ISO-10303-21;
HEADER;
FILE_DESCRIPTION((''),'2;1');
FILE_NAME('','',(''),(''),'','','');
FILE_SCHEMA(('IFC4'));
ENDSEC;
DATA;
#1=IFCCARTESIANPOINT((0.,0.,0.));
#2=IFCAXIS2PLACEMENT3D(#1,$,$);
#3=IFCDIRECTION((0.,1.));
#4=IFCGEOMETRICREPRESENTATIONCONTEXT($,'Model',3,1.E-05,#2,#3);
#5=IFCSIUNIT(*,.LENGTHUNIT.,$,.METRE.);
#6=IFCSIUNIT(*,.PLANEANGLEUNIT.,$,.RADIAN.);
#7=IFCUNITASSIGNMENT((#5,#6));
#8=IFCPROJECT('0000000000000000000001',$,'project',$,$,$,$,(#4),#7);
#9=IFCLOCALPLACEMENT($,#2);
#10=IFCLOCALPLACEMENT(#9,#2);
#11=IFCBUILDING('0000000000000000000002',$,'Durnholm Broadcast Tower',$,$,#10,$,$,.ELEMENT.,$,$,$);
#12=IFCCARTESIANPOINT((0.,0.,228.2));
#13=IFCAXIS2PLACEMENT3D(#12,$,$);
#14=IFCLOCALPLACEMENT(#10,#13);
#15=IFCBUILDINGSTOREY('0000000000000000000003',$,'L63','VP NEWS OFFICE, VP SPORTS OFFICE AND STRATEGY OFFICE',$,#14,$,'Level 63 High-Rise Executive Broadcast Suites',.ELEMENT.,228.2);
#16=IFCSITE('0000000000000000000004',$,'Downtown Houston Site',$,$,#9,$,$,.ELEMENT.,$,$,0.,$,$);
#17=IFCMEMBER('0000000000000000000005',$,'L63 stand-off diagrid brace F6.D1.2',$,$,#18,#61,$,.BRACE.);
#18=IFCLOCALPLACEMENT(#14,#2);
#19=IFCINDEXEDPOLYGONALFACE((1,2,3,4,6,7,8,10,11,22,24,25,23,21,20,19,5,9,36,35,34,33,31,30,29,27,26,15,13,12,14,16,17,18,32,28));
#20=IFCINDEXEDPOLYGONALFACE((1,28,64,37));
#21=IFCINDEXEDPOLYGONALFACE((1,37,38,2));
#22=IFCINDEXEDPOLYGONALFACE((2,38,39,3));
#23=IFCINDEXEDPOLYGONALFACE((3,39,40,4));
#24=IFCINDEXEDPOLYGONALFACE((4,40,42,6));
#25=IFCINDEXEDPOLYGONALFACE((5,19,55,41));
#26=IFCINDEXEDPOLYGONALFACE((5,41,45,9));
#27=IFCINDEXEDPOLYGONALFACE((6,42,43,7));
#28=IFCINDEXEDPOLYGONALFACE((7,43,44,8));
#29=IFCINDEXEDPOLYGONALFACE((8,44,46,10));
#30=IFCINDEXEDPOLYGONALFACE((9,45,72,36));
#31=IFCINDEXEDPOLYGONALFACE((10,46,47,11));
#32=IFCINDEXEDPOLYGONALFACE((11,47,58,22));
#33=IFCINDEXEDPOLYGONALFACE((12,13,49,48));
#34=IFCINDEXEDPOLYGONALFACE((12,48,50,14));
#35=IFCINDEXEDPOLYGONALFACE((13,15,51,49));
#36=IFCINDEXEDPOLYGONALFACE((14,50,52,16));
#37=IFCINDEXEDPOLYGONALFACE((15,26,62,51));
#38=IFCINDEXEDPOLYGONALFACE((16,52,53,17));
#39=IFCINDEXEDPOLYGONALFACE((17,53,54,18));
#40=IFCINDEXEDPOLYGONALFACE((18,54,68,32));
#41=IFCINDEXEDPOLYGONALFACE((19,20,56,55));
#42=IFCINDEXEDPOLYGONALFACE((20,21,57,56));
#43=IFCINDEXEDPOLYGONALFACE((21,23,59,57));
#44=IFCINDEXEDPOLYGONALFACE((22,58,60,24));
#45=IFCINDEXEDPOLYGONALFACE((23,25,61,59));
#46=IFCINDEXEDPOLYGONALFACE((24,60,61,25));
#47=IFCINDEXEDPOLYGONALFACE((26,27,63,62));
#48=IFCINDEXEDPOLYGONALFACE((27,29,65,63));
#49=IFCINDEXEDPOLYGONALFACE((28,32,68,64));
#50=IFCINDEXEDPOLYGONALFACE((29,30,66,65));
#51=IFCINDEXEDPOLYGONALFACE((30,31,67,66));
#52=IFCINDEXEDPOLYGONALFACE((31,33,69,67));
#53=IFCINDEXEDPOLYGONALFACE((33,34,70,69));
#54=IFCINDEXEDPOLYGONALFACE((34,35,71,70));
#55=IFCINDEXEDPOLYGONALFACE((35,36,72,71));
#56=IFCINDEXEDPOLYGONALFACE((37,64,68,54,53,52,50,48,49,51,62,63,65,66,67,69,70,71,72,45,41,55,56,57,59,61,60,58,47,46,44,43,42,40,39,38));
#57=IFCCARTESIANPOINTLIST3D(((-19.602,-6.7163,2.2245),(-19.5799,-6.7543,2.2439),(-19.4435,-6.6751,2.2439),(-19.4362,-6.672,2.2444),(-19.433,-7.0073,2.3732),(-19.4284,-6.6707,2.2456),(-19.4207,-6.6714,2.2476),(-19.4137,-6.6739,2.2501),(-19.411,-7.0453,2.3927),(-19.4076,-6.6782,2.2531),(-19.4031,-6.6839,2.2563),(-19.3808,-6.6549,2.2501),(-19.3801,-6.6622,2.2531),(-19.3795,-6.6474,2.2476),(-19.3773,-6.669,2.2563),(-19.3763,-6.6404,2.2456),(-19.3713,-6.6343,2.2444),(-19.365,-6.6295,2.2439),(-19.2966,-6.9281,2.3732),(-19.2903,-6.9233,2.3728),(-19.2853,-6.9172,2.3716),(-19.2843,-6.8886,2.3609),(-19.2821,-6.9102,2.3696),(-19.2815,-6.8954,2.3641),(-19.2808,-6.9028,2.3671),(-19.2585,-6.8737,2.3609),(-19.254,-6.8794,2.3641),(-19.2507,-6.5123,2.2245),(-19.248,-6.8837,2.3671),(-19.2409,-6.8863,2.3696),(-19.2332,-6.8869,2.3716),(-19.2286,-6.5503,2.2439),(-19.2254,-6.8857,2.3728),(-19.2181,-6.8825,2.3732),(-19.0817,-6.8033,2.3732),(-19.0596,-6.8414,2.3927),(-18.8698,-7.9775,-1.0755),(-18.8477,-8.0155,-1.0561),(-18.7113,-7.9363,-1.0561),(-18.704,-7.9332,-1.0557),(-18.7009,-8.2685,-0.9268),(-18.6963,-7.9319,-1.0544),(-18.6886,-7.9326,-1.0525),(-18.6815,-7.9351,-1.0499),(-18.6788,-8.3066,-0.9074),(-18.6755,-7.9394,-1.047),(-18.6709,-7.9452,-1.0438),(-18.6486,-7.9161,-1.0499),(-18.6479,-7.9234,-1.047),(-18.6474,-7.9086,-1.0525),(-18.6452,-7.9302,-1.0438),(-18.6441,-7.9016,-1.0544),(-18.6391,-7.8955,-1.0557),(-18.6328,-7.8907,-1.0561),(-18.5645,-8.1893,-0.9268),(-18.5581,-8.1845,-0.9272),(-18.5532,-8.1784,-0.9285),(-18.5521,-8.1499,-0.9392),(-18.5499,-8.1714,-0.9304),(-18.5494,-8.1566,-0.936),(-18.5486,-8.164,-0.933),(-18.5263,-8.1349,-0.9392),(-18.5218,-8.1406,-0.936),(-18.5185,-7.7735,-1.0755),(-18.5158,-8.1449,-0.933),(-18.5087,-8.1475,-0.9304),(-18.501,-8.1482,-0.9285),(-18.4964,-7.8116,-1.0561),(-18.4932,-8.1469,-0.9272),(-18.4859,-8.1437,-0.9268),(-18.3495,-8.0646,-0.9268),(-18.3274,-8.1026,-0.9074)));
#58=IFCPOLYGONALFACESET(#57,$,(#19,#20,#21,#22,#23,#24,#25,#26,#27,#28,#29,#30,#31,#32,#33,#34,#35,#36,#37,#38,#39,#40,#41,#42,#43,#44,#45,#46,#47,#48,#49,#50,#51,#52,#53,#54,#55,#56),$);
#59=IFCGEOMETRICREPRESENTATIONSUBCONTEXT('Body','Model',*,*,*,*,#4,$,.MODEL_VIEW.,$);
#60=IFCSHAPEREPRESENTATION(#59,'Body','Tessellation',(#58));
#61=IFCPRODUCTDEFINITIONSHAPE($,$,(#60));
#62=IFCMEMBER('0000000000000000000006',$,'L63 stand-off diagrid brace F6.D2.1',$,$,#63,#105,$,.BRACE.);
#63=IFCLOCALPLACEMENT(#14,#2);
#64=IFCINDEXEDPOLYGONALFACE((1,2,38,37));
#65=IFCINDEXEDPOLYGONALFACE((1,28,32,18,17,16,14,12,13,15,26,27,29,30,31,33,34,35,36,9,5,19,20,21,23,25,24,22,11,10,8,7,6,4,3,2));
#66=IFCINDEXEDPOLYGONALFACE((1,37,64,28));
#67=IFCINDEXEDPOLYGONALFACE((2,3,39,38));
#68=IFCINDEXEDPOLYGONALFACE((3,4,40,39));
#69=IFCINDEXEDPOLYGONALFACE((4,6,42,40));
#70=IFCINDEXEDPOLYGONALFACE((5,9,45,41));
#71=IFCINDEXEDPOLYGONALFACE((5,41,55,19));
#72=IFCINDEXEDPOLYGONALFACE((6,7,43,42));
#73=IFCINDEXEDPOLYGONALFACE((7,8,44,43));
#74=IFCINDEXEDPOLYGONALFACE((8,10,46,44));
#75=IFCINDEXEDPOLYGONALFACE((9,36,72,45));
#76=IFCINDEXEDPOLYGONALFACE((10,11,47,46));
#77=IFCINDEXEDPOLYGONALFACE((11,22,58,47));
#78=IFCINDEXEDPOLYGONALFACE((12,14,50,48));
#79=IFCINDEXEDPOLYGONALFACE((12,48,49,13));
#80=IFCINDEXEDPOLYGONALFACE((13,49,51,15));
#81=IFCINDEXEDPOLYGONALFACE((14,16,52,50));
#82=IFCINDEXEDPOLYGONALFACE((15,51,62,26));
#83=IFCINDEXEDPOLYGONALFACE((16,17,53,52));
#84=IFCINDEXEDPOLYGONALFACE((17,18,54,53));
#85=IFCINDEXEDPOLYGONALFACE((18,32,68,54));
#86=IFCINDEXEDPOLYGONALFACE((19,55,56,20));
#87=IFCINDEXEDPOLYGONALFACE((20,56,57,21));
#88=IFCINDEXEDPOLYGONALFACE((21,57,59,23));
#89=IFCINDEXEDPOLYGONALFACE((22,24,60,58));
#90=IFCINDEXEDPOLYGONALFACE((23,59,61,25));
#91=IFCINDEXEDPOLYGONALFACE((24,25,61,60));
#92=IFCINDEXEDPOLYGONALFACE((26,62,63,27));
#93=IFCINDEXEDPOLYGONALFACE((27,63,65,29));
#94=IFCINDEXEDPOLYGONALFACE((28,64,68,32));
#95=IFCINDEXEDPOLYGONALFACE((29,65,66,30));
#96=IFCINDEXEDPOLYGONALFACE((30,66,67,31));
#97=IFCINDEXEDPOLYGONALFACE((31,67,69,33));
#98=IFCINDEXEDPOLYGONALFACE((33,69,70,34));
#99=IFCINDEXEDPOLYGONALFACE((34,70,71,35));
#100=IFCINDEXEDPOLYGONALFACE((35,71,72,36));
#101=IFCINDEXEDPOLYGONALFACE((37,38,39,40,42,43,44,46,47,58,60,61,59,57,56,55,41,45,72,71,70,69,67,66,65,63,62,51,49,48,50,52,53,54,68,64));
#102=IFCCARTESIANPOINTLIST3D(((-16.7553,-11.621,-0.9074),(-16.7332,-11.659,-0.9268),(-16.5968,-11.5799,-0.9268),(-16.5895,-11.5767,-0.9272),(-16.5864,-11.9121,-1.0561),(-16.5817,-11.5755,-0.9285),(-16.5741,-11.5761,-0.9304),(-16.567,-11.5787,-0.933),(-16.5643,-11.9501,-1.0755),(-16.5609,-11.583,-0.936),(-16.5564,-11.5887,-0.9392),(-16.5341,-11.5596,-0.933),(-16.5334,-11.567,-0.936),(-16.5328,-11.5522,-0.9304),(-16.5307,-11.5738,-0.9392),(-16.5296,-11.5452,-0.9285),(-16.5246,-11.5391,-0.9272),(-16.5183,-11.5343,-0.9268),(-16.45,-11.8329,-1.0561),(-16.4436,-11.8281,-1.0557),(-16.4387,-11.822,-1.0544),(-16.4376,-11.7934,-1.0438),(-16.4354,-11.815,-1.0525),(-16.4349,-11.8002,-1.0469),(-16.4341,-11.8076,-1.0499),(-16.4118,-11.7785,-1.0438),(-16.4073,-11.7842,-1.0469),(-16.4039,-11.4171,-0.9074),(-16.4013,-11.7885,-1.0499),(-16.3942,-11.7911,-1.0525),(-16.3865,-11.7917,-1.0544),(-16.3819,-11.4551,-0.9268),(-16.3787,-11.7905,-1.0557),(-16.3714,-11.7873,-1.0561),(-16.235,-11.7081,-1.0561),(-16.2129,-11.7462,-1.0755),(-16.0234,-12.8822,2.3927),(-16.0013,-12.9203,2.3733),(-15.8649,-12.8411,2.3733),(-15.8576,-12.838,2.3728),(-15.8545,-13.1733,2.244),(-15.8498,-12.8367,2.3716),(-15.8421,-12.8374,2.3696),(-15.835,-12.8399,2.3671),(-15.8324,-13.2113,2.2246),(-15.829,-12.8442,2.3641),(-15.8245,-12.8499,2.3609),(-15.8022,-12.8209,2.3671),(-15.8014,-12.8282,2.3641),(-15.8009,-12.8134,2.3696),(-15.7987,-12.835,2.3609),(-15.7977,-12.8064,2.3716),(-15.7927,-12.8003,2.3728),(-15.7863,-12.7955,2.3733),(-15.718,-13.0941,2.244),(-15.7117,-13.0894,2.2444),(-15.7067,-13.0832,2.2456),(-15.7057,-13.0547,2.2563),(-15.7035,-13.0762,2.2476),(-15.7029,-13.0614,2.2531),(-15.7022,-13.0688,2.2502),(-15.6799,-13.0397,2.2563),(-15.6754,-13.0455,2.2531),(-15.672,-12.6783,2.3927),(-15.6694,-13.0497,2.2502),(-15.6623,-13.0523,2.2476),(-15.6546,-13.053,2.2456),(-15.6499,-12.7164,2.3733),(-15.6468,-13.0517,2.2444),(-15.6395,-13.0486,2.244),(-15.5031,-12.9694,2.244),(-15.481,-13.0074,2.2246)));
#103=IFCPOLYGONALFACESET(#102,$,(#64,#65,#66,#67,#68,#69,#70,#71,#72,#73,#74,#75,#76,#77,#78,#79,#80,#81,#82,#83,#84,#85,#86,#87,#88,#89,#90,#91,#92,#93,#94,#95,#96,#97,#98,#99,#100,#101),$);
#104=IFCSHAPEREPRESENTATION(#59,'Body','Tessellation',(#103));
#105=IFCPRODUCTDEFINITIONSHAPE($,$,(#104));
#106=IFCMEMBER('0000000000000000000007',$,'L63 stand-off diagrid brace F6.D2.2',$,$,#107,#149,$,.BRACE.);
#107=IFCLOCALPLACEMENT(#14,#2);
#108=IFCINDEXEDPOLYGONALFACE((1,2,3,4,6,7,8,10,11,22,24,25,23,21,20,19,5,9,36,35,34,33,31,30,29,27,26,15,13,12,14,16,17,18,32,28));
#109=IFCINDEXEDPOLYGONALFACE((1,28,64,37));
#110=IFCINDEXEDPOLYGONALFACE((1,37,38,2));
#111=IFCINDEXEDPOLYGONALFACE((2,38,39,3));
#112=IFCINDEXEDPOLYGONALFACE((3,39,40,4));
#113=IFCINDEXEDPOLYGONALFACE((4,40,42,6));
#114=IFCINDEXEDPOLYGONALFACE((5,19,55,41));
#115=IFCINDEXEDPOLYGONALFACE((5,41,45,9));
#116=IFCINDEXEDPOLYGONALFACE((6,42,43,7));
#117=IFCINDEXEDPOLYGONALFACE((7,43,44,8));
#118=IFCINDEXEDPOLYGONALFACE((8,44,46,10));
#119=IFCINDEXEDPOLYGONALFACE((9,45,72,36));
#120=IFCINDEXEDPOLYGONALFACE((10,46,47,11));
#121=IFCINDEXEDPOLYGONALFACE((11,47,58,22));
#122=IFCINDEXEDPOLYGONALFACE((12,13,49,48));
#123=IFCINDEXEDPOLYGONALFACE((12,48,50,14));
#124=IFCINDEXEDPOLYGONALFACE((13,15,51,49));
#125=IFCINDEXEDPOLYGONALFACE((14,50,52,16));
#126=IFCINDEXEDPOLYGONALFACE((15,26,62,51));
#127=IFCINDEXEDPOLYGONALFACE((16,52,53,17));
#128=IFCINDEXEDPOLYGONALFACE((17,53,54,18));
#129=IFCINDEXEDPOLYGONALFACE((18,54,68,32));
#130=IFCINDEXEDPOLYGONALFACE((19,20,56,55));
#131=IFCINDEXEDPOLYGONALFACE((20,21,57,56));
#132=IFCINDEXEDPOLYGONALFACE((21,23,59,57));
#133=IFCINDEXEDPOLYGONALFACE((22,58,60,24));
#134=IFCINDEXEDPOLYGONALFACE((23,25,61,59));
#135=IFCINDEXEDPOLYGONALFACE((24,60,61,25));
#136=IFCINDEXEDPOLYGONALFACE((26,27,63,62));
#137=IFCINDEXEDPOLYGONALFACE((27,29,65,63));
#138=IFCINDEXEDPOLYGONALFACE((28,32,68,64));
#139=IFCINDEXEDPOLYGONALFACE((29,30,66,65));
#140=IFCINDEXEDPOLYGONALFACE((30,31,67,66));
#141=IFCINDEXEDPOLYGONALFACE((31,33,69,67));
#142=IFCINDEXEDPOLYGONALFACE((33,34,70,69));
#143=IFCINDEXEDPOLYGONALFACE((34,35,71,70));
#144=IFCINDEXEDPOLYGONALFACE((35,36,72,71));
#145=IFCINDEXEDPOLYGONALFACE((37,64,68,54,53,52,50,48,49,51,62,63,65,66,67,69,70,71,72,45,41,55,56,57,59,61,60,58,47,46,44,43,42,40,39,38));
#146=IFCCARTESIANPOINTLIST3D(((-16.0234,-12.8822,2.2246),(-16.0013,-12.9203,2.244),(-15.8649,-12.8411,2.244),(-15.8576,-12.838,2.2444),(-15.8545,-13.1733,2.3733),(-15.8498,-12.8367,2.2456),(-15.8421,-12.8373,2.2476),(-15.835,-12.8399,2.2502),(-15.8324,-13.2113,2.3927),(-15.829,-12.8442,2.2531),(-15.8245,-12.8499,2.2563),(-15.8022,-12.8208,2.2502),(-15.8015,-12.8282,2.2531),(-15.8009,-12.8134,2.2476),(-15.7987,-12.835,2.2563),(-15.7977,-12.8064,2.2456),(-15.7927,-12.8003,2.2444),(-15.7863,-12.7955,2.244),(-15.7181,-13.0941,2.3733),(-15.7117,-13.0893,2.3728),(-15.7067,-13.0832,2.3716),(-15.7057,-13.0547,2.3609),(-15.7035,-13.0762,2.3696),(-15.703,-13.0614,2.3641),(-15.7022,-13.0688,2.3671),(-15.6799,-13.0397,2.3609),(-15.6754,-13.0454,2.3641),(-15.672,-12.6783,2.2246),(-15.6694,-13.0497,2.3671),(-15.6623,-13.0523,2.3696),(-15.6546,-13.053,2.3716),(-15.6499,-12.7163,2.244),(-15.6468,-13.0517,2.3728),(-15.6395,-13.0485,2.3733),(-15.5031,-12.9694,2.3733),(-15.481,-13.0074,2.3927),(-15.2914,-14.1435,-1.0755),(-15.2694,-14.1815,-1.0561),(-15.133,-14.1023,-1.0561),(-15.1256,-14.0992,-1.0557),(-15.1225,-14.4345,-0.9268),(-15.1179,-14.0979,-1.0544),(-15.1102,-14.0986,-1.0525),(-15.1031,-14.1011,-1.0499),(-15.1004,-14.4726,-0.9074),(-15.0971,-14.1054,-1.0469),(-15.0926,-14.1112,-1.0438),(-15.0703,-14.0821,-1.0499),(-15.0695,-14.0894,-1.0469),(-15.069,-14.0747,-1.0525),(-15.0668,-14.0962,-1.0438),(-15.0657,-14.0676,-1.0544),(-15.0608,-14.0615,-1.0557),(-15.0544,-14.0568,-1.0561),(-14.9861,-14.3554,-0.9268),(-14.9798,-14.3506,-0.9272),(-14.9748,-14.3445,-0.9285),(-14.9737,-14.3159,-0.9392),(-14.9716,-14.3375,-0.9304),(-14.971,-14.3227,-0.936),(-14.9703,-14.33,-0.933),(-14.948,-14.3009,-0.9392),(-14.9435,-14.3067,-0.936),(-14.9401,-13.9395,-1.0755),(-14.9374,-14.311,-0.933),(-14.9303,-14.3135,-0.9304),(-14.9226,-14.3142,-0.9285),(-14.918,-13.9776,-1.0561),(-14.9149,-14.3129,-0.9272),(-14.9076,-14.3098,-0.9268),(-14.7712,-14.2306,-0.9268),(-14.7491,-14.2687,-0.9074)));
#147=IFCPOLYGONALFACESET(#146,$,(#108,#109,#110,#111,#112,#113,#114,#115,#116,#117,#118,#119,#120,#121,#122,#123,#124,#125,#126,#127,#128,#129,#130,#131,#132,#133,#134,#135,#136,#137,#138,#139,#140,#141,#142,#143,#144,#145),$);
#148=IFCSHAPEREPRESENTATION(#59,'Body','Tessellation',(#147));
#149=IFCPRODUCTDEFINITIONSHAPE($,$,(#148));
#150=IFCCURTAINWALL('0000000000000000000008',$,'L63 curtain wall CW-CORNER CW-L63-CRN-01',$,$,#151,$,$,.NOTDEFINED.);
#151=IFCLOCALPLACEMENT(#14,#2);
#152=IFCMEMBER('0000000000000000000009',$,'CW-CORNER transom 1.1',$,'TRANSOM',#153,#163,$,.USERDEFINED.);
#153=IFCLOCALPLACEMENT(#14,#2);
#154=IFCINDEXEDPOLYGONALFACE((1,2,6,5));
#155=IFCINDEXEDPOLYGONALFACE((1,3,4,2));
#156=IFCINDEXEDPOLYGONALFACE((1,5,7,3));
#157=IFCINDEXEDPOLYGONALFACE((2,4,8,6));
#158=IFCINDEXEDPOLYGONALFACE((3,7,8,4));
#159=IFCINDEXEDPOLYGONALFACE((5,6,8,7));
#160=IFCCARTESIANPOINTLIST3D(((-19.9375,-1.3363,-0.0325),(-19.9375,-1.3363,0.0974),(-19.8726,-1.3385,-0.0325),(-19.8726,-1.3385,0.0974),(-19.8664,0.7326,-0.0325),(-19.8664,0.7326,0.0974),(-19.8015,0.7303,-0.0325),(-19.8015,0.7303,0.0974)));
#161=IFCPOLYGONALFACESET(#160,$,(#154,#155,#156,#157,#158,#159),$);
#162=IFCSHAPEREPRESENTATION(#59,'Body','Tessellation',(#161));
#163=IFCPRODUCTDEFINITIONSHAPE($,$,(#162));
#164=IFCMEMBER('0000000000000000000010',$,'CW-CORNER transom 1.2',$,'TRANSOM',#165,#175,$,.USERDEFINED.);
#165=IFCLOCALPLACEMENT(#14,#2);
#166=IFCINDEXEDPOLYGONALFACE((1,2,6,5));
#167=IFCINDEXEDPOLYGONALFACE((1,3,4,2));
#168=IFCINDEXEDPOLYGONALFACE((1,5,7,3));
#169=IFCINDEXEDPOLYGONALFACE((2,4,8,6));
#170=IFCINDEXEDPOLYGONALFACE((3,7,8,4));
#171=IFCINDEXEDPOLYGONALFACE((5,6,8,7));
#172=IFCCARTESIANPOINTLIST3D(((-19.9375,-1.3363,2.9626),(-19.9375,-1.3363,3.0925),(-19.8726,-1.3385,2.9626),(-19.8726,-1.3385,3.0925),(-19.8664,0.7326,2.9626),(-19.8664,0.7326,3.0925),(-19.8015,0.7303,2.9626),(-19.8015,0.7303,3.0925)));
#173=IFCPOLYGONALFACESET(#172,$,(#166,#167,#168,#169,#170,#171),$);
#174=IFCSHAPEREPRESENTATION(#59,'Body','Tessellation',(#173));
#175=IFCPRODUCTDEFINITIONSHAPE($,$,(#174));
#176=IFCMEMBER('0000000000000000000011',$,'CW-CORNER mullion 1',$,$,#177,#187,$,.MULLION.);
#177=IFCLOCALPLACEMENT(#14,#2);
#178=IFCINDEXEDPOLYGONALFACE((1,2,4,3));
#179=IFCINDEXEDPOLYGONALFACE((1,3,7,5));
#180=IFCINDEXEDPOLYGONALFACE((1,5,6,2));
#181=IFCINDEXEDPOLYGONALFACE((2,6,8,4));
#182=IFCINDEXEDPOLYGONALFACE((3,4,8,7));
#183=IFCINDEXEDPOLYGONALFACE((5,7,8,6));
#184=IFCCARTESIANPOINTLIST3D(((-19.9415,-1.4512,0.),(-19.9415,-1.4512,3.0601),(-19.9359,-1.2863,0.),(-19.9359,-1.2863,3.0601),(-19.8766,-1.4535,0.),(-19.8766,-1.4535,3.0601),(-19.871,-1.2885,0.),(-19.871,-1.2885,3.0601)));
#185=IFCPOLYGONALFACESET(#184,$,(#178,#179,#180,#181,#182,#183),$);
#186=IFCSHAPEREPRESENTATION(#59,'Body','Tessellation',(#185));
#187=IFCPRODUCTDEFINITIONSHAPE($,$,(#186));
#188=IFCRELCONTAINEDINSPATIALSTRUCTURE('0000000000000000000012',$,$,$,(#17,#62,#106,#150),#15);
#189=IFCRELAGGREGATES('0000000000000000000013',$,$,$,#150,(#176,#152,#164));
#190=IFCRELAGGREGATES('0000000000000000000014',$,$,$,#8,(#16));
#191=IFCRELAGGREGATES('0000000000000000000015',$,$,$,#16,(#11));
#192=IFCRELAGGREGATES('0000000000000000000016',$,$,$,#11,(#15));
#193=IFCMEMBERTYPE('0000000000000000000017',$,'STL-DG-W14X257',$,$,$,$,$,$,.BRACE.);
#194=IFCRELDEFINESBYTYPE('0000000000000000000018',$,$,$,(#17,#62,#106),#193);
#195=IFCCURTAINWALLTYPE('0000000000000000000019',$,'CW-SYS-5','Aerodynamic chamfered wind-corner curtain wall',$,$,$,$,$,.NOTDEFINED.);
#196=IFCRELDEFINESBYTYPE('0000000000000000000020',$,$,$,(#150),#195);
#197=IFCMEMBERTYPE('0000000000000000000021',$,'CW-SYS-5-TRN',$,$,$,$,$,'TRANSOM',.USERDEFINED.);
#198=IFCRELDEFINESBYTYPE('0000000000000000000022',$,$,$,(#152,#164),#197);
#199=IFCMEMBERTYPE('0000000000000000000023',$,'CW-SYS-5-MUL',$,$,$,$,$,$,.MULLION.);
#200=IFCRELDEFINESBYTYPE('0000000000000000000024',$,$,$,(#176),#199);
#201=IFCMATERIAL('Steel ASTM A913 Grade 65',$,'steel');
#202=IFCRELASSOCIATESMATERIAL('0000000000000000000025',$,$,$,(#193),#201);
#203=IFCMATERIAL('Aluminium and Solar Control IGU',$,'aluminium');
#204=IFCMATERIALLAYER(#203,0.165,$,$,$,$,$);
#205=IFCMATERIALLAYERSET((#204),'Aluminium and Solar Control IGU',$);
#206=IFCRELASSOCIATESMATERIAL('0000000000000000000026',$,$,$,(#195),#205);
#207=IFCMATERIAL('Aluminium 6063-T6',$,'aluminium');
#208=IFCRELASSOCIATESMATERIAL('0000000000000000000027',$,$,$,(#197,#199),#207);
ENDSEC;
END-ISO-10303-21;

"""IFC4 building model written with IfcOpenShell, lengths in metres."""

from ifc_helpers import new_model, si_unit, direction, frame, origin, origin_2d, place, context, subcontext, project, spatial, rectangle, i_section, extrude, source, transform, mapped, material, layer, layer_set, material_profile, profile_set, type_object, type_shapes, element, aggregate, save


model = new_model("IFC4")

# Units and contexts
model_context = context("Model", 3, precision=1e-05, world=origin(), true_north=direction((0.0, 1.0)))
body_context = subcontext(model_context, "Body", "Model", "MODEL_VIEW")
ifc_project = project(units=[si_unit("LENGTHUNIT", "METRE"), si_unit("PLANEANGLEUNIT", "RADIAN")], contexts=[model_context])

# Site, building, storey
site_placement = place(None, origin())
site = spatial("IfcSite", under=ifc_project, at=site_placement, Name="Downtown Houston Site", CompositionType="ELEMENT", RefElevation=0.0)
building_placement = place(site_placement, origin())
building = spatial("IfcBuilding", under=site, at=building_placement, Name="Durnholm Broadcast Tower", CompositionType="ELEMENT")
storey_placement = place(building_placement, frame((0.0, 0.0, 228.2)))
storey = spatial("IfcBuildingStorey", under=building, at=storey_placement, Name="L63", Description="VP NEWS OFFICE, VP SPORTS OFFICE AND STRATEGY OFFICE", LongName="Level 63 High-Rise Executive Broadcast Suites", CompositionType="ELEMENT", Elevation=228.2)

# Members
ifc_material_1 = material(Name="Steel ASTM A913 Grade 65", Category="steel")
ifc_material_profile_1 = material_profile(ifc_material_1, i_section(OverallWidth=0.4062, OverallDepth=0.416, WebThickness=0.0298, FlangeThickness=0.0481, FilletRadius=0.0305, at=origin_2d()), Name="W14X257")
ifc_profile_set_1 = profile_set([ifc_material_profile_1], Name="Steel ASTM A913 Grade 65")
member_type_1 = type_object("IfcMemberType", Name="STL-DG-W14X257", PredefinedType="BRACE", material=ifc_profile_set_1)
shared_shape_1 = source(origin(), body_context, "Body", "SweptSolid", [
    extrude(i_section(OverallWidth=0.4062, OverallDepth=0.416, WebThickness=0.0298, FlangeThickness=0.0481, FilletRadius=0.0305, at=origin_2d()), origin(), (0.0, 0.0, 1.0), 3.6079),
])
type_shapes(member_type_1, [shared_shape_1])
for number, where, z_axis, x_axis, name in (
    (1, (-18.5986, -8.04, -0.9915), (-0.202936, 0.349572, 0.914667), (-0.864833, -0.502059, 0.0), "L63 stand-off diagrid brace F6.D1.2"),
    (2, (-16.4841, -11.6836, -0.9915), (0.202871, -0.349577, 0.91468), (0.864906, 0.501934, 0.0), "L63 stand-off diagrid brace F6.D2.1"),
    (3, (-15.0203, -14.2061, -0.9915), (-0.202871, 0.349577, 0.91468), (-0.864906, -0.501934, 0.0), "L63 stand-off diagrid brace F6.D2.2"),
):
    element("IfcMember", number, at=place(storey_placement, frame(where, z_axis=z_axis, x_axis=x_axis)), inside=storey, type_object=member_type_1, Name=name, PredefinedType="BRACE", context=body_context, shape_type="MappedRepresentation", body=[
        mapped(shared_shape_1, transform((0.0, 0.0, 0.0), x_axis=(1.0, 0.0, 0.0), y_axis=(0.0, 1.0, 0.0), z_axis=(0.0, 0.0, 1.0), scale=1.0)),
    ])

# Curtain wall, members
ifc_material_2 = material(Name="Aluminium and Solar Control IGU", Category="aluminium")
ifc_layer_1 = layer(ifc_material_2, 0.165)
ifc_layer_set_1 = layer_set([ifc_layer_1], Name="Aluminium and Solar Control IGU")
curtain_wall_type_1 = type_object("IfcCurtainWallType", Name="CW-SYS-5", Description="Aerodynamic chamfered wind-corner curtain wall", PredefinedType="NOTDEFINED", material=ifc_layer_set_1)
curtain_wall_1_placement = place(storey_placement, origin())
curtain_wall_1 = element("IfcCurtainWall", 4, at=curtain_wall_1_placement, inside=storey, type_object=curtain_wall_type_1, Name="L63 curtain wall CW-CORNER CW-L63-CRN-01", PredefinedType="NOTDEFINED")
ifc_material_3 = material(Name="Aluminium 6063-T6", Category="aluminium")
ifc_material_profile_2 = material_profile(ifc_material_3, rectangle(XDim=0.0649, YDim=0.1299, at=origin_2d()), Name="CWT65X130")
ifc_profile_set_2 = profile_set([ifc_material_profile_2], Name="Aluminium 6063-T6")
member_type_2 = type_object("IfcMemberType", Name="CW-SYS-5-TRN", ElementType="TRANSOM", PredefinedType="USERDEFINED", material=ifc_profile_set_2)
shared_shape_2 = source(origin(), body_context, "Body", "SweptSolid", [
    extrude(rectangle(XDim=0.0649, YDim=0.1299, at=origin_2d()), origin(), (0.0, 0.0, 1.0), 2.0701),
])
type_shapes(member_type_2, [shared_shape_2])
member_1_placement = place(storey_placement, frame((-19.905, -1.3374, 0.0325), z_axis=(0.03432, 0.999411, 0.0), x_axis=(-0.999411, 0.03432, 0.0)))
member_1 = element("IfcMember", 5, at=member_1_placement, type_object=member_type_2, Name="CW-CORNER transom 1.1", ObjectType="TRANSOM", PredefinedType="USERDEFINED", context=body_context, shape_type="MappedRepresentation", body=[
    mapped(shared_shape_2, transform((0.0, 0.0, 0.0), x_axis=(1.0, 0.0, 0.0), y_axis=(0.0, 1.0, 0.0), z_axis=(0.0, 0.0, 1.0), scale=1.0)),
])
member_2_placement = place(storey_placement, frame((-19.905, -1.3374, 3.0276), z_axis=(0.03432, 0.999411, 0.0), x_axis=(-0.999411, 0.03432, 0.0)))
member_2 = element("IfcMember", 6, at=member_2_placement, type_object=member_type_2, Name="CW-CORNER transom 1.2", ObjectType="TRANSOM", PredefinedType="USERDEFINED", context=body_context, shape_type="MappedRepresentation", body=[
    mapped(shared_shape_2, transform((0.0, 0.0, 0.0), x_axis=(1.0, 0.0, 0.0), y_axis=(0.0, 1.0, 0.0), z_axis=(0.0, 0.0, 1.0), scale=1.0)),
])
ifc_material_profile_3 = material_profile(ifc_material_3, rectangle(XDim=0.0649, YDim=0.165, at=origin_2d()), Name="CWM65X165")
ifc_profile_set_3 = profile_set([ifc_material_profile_3], Name="Aluminium 6063-T6")
member_type_3 = type_object("IfcMemberType", Name="CW-SYS-5-MUL", PredefinedType="MULLION", material=ifc_profile_set_3)
shared_shape_3 = source(origin(), body_context, "Body", "SweptSolid", [
    extrude(rectangle(XDim=0.0649, YDim=0.165, at=origin_2d()), origin(), (0.0, 0.0, 1.0), 3.0601),
])
type_shapes(member_type_3, [shared_shape_3])
member_3_placement = place(storey_placement, frame((-19.9062, -1.3699, 0.0), z_axis=(0.0, 0.0, 1.0), x_axis=(-0.999411, 0.034318, 0.0)))
member_3 = element("IfcMember", 7, at=member_3_placement, type_object=member_type_3, Name="CW-CORNER mullion 1", PredefinedType="MULLION", context=body_context, shape_type="MappedRepresentation", body=[
    mapped(shared_shape_3, transform((0.0, 0.0, 0.0), x_axis=(1.0, 0.0, 0.0), y_axis=(0.0, 1.0, 0.0), z_axis=(0.0, 0.0, 1.0), scale=1.0)),
])
aggregate(curtain_wall_1, [member_3, member_1, member_2])

save(model, "model.ifc")
